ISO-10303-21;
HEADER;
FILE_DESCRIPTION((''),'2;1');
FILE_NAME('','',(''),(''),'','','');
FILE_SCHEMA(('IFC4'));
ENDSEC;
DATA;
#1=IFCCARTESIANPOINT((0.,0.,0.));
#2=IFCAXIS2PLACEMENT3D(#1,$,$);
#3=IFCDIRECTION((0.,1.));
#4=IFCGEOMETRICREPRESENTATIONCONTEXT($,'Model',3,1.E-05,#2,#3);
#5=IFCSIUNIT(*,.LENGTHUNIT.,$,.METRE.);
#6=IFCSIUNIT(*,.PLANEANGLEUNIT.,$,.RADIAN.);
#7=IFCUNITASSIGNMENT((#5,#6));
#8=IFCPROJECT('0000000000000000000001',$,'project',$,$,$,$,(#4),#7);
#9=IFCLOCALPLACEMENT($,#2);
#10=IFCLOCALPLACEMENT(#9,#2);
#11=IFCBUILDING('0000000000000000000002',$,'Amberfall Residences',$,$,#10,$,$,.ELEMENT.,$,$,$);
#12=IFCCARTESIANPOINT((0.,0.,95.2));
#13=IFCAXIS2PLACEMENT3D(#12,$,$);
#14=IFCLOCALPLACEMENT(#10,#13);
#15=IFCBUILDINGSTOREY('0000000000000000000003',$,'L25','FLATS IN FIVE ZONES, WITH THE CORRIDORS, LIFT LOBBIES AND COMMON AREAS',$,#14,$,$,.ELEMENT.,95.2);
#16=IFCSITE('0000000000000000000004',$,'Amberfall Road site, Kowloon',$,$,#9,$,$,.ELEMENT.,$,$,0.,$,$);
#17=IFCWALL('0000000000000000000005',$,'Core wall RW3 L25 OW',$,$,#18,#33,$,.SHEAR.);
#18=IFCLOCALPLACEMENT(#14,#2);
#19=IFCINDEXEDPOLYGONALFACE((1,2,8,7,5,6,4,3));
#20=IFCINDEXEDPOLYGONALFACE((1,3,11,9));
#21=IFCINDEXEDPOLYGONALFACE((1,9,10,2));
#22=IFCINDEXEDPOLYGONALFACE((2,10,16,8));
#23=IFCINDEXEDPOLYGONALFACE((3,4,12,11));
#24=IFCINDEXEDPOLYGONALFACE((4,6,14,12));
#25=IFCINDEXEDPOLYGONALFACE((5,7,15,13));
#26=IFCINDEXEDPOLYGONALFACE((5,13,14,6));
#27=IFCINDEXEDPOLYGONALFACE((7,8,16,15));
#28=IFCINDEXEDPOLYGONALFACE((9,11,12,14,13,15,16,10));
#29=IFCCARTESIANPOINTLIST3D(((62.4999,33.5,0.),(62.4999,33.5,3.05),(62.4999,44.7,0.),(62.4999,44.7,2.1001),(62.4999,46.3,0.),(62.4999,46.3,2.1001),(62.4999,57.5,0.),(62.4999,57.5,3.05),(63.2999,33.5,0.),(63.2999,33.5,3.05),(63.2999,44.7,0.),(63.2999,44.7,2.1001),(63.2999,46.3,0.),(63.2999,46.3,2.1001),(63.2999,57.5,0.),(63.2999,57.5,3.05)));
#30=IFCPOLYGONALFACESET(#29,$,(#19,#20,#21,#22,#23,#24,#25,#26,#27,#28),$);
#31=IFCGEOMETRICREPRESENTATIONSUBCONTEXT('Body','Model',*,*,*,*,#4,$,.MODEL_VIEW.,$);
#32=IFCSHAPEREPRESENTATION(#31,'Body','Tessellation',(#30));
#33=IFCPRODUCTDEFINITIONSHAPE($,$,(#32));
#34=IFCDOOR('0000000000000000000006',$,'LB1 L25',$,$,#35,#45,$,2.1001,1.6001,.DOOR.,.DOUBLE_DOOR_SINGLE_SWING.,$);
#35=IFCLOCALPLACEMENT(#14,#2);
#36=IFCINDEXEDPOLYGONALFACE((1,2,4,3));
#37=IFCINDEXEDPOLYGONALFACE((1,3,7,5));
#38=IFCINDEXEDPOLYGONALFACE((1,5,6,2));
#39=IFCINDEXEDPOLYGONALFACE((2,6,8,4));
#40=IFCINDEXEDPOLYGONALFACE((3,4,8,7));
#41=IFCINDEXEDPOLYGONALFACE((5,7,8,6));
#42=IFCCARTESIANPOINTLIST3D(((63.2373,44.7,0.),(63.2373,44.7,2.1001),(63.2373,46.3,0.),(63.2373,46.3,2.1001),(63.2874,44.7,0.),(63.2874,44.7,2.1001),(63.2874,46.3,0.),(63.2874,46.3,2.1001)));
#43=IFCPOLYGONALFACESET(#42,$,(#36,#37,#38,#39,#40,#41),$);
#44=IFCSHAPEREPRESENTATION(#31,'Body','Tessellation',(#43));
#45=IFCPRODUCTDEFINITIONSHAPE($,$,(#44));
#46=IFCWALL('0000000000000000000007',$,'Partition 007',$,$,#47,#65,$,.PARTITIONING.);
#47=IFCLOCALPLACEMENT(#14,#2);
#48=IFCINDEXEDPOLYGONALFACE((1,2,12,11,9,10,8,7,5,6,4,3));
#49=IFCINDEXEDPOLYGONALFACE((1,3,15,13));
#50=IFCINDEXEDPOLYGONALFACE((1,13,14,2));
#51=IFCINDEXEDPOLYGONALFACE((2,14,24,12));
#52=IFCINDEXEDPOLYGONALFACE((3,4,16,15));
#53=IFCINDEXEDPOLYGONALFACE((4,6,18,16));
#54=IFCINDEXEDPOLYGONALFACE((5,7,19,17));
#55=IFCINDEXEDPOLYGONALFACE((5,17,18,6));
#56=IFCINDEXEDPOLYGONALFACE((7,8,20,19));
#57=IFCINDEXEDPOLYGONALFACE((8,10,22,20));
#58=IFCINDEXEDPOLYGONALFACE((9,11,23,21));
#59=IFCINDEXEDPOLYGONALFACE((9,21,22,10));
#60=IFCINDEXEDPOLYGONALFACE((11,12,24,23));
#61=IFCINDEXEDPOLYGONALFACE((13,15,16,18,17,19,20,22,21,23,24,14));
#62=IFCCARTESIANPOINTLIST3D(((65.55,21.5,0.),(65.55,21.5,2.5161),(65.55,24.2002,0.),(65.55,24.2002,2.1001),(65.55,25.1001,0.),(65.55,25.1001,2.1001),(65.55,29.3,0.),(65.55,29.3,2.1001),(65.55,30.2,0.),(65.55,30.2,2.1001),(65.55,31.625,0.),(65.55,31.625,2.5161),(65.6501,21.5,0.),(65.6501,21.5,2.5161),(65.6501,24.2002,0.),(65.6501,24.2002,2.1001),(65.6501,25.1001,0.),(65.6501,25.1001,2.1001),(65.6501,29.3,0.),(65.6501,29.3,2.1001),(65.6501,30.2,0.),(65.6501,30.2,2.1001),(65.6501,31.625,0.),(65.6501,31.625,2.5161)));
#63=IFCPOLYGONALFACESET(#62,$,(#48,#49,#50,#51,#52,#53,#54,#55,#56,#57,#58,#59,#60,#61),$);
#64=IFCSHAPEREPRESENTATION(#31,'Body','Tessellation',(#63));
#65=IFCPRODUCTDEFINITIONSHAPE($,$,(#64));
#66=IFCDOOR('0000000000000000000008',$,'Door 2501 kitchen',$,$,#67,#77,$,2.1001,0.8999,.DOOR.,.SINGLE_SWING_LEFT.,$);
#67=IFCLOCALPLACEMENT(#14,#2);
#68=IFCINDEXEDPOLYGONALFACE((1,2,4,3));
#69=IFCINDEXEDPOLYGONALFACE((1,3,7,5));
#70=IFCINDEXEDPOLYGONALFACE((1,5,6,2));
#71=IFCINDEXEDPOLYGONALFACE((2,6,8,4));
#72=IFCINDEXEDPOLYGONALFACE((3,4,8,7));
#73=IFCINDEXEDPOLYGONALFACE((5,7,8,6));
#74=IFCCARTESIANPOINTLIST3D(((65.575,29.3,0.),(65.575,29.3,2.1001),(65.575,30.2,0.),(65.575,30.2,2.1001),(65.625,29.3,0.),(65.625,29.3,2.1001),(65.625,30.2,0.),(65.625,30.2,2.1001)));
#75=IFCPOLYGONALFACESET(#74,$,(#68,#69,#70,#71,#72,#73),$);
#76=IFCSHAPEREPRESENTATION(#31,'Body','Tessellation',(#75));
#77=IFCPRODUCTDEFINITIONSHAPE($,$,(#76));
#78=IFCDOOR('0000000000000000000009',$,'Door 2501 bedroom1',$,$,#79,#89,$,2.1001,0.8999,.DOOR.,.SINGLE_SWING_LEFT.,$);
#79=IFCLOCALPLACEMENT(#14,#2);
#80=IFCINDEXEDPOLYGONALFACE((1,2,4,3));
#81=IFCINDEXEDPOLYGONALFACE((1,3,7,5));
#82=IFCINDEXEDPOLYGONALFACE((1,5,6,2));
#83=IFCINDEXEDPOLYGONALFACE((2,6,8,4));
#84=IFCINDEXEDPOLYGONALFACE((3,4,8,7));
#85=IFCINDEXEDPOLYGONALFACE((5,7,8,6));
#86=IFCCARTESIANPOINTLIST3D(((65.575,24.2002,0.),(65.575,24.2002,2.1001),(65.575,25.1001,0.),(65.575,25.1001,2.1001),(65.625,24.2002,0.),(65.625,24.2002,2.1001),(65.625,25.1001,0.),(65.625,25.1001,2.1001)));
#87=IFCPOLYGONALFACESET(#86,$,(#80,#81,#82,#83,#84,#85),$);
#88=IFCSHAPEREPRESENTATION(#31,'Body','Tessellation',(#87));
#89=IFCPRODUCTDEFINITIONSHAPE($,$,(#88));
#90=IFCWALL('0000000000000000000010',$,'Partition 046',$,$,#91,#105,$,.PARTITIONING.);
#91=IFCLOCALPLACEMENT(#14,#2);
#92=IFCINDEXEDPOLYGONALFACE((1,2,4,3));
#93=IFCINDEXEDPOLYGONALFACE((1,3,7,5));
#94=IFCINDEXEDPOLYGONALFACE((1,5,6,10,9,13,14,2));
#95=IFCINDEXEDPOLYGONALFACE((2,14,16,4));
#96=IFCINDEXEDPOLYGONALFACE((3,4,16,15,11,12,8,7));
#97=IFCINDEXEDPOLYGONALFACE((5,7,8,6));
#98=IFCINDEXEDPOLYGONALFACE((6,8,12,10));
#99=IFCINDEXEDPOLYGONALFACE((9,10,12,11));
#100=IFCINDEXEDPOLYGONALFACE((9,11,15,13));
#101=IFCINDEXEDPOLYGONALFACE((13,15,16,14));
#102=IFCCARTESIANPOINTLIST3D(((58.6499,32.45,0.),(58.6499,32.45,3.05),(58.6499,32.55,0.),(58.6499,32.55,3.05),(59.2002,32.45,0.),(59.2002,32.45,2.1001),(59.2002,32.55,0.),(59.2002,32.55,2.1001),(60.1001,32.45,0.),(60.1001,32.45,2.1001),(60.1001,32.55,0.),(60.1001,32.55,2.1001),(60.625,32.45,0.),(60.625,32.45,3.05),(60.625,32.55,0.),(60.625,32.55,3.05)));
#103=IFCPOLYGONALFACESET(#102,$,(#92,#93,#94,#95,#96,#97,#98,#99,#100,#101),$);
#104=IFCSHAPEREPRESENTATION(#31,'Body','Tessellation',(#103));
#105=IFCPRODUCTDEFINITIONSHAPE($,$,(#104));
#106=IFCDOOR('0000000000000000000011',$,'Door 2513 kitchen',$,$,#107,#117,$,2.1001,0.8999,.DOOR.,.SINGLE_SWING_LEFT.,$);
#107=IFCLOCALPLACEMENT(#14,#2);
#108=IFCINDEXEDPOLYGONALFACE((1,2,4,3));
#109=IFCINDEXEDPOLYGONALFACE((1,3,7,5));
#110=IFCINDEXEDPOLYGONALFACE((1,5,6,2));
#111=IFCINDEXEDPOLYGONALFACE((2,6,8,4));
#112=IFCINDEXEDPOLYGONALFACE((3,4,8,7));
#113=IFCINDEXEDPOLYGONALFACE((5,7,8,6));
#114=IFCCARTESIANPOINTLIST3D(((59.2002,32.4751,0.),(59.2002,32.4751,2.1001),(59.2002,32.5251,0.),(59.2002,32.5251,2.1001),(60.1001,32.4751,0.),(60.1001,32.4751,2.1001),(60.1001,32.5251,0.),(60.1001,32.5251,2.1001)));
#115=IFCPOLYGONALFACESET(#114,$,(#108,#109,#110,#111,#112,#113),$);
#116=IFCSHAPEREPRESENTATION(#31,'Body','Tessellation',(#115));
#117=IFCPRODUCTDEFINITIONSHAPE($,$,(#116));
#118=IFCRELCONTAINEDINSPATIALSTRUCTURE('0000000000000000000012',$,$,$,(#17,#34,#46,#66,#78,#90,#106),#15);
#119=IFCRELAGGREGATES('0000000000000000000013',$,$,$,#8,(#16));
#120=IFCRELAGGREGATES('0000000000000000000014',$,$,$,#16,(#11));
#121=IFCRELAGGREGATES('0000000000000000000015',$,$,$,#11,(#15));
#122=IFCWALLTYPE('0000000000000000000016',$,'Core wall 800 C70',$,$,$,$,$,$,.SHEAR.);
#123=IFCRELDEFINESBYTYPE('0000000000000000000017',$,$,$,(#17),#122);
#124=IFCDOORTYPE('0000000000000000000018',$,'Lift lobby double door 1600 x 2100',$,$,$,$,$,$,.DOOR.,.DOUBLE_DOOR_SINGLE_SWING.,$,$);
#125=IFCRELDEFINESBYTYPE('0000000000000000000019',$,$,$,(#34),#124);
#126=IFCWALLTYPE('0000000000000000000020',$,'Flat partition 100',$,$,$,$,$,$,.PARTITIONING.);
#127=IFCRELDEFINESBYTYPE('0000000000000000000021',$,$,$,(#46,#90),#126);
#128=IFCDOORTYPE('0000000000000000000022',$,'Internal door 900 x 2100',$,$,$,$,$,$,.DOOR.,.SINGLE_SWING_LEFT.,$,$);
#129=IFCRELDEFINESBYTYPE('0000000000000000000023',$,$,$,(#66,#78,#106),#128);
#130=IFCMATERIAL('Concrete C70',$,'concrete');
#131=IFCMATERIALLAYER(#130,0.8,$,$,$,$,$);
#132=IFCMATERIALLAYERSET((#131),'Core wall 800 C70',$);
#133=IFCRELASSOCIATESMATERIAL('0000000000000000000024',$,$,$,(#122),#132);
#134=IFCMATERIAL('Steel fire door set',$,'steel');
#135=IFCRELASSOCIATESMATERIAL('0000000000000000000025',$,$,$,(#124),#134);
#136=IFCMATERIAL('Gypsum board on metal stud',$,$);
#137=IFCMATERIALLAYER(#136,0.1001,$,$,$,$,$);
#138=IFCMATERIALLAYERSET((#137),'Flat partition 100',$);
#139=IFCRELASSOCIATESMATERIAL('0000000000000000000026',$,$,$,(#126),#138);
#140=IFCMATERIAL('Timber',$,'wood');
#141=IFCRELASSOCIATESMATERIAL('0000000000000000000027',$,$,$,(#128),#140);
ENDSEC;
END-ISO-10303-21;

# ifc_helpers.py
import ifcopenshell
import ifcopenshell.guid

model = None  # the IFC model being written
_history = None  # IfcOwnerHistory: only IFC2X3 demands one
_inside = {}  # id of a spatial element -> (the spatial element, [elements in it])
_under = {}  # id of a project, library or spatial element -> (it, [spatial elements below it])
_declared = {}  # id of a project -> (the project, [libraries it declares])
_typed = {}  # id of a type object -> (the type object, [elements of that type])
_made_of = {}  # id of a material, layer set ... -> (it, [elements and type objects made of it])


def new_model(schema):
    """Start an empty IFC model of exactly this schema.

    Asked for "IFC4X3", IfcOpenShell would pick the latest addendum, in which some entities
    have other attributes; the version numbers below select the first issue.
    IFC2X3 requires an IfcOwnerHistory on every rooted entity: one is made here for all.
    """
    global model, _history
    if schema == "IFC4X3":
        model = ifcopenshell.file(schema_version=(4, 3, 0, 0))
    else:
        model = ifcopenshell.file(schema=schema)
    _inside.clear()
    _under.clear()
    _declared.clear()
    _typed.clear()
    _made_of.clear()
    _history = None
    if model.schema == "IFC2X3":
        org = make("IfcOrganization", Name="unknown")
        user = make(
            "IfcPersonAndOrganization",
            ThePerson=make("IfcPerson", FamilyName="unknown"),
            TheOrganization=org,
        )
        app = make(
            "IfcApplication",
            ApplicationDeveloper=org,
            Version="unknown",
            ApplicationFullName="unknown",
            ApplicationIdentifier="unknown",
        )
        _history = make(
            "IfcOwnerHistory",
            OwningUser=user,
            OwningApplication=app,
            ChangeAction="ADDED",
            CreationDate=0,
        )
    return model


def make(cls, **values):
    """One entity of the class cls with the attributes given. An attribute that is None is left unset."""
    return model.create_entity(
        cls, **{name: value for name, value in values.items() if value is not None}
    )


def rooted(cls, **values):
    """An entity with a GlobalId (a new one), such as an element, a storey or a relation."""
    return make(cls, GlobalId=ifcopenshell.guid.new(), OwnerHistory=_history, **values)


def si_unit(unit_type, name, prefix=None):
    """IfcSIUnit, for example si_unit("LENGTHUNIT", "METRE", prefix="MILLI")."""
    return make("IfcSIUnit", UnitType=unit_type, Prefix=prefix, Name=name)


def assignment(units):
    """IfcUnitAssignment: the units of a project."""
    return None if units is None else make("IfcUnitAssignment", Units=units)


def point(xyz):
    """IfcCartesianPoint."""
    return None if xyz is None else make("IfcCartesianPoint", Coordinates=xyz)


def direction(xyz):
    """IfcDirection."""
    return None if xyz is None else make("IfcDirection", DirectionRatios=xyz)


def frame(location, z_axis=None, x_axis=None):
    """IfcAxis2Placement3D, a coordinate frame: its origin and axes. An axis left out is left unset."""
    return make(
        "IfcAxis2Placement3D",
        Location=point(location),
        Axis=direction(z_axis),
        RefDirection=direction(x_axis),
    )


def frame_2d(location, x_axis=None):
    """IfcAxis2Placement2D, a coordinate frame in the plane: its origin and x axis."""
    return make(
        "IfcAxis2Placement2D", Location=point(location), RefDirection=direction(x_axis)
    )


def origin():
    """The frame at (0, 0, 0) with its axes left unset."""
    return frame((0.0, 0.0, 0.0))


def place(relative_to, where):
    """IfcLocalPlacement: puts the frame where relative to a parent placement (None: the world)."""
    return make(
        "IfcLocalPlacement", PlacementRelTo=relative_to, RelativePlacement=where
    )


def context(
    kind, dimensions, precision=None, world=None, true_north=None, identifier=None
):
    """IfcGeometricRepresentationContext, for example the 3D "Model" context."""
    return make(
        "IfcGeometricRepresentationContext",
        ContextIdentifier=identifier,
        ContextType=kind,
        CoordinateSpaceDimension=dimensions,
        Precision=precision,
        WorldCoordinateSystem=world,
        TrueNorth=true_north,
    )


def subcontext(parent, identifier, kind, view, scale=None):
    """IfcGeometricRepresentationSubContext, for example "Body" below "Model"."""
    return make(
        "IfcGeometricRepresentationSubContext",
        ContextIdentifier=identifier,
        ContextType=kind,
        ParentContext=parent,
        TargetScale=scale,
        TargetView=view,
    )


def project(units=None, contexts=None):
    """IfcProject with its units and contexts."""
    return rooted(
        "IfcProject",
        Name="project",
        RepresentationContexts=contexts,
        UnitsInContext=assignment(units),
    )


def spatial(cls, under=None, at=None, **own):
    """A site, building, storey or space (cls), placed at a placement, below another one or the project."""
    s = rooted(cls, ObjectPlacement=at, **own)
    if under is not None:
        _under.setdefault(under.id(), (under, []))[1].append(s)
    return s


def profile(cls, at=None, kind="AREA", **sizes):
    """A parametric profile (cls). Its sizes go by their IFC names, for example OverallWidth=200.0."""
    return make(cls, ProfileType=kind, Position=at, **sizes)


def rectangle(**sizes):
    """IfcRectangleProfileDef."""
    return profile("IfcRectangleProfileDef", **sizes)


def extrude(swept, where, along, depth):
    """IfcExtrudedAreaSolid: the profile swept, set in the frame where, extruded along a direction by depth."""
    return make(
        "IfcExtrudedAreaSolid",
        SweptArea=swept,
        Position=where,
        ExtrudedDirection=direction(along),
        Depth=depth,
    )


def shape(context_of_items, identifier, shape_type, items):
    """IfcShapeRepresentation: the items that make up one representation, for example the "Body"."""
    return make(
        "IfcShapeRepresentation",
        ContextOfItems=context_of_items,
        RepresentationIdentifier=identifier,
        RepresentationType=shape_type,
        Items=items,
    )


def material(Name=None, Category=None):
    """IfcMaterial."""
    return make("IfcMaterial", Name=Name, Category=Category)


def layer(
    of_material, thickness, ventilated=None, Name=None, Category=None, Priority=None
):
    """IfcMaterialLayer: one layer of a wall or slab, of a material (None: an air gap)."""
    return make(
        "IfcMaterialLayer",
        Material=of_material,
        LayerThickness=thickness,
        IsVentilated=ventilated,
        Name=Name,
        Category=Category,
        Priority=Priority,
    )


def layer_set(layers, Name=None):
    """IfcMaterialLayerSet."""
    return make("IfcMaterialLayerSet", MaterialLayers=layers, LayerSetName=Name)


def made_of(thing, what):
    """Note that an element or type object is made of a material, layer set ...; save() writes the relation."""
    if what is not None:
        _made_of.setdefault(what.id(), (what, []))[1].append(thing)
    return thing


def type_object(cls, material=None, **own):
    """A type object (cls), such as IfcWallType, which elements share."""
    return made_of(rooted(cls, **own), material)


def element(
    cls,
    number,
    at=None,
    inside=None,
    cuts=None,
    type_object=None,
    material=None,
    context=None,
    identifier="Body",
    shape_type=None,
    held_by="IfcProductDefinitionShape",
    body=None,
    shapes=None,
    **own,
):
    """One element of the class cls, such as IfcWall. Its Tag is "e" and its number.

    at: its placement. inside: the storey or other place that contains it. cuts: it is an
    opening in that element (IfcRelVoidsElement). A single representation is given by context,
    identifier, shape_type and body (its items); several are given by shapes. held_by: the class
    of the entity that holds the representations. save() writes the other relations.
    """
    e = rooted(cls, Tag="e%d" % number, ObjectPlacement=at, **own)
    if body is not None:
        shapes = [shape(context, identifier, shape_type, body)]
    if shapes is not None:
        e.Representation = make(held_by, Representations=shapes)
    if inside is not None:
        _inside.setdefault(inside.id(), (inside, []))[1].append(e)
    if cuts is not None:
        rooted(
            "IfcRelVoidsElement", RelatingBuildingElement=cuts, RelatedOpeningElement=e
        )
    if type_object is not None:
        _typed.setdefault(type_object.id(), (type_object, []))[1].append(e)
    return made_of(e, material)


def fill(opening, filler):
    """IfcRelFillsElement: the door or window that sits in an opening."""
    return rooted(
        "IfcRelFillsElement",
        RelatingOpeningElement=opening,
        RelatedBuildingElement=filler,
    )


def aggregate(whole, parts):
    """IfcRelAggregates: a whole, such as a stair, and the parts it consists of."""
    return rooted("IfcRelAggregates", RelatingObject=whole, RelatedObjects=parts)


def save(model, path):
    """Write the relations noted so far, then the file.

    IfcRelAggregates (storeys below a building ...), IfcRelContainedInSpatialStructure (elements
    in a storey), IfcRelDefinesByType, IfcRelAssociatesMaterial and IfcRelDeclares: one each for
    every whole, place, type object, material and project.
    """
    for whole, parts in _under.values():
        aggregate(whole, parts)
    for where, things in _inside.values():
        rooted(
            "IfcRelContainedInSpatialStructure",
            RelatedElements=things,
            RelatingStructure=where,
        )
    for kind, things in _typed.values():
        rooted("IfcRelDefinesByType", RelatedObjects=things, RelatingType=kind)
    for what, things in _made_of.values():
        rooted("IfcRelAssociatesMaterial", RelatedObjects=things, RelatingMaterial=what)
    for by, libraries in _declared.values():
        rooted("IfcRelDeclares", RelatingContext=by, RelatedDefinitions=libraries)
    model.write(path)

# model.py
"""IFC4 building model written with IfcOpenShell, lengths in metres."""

from ifc_helpers import new_model, si_unit, direction, frame, frame_2d, origin, place, context, subcontext, project, spatial, rectangle, extrude, material, layer, layer_set, type_object, element, fill, save


model = new_model("IFC4")

# Units and contexts
model_context = context("Model", 3, precision=1e-05, world=origin(), true_north=direction((0.0, 1.0)))
body_context = subcontext(model_context, "Body", "Model", "MODEL_VIEW")
ifc_project = project(units=[si_unit("LENGTHUNIT", "METRE"), si_unit("PLANEANGLEUNIT", "RADIAN")], contexts=[model_context])

# Site, building, storey
site_placement = place(None, origin())
site = spatial("IfcSite", under=ifc_project, at=site_placement, Name="Amberfall Road site, Kowloon", CompositionType="ELEMENT", RefElevation=0.0)
building_placement = place(site_placement, origin())
building = spatial("IfcBuilding", under=site, at=building_placement, Name="Amberfall Residences", CompositionType="ELEMENT")
storey_placement = place(building_placement, frame((0.0, 0.0, 95.2)))
storey = spatial("IfcBuildingStorey", under=building, at=storey_placement, Name="L25", Description="FLATS IN FIVE ZONES, WITH THE CORRIDORS, LIFT LOBBIES AND COMMON AREAS", CompositionType="ELEMENT", Elevation=95.2)

# Shared definitions
ifc_material_1 = material(Name="Concrete C70", Category="concrete")
ifc_material_2 = material(Name="Steel fire door set", Category="steel")

# Shared definitions
ifc_layer_1 = layer(ifc_material_1, 0.8)
ifc_layer_set_1 = layer_set([ifc_layer_1], Name="Core wall 800 C70")
wall_type_1 = type_object("IfcWallType", Name="Core wall 800 C70", PredefinedType="SHEAR", material=ifc_layer_set_1)

# Wall, opening, door
wall_1_placement = place(storey_placement, frame((62.8999, 33.5, 0.0), z_axis=(0.0, 0.0, 1.0), x_axis=(0.0, 1.0, 0.0)))
wall_1 = element("IfcWall", 1, at=wall_1_placement, inside=storey, type_object=wall_type_1, Name="Core wall RW3 L25 OW", PredefinedType="SHEAR", context=body_context, shape_type="SweptSolid", body=[
    extrude(rectangle(XDim=24.0, YDim=0.8, at=frame_2d((12.0, 0.0))), origin(), (0.0, 0.0, 1.0), 3.05),
])
opening_1_placement = place(wall_1_placement, frame((11.2, 0.0, 0.0)))
opening_1 = element("IfcOpeningElement", 2, at=opening_1_placement, cuts=wall_1, PredefinedType="OPENING", context=body_context, shape_type="SweptSolid", body=[
    extrude(rectangle(XDim=1.6001, YDim=2.1001, at=frame_2d((0.8, 1.05))), frame((0.0, 0.4099, 0.0), z_axis=(0.0, -1.0, 0.0), x_axis=(1.0, 0.0, 0.0)), (0.0, 0.0, 1.0), 0.8201),
])
door_type_1 = type_object("IfcDoorType", Name="Lift lobby double door 1600 x 2100", OperationType="DOUBLE_DOOR_SINGLE_SWING", PredefinedType="DOOR", material=ifc_material_2)
door_1_placement = place(opening_1_placement, origin())
door_1 = element("IfcDoor", 3, at=door_1_placement, inside=storey, type_object=door_type_1, Name="LB1 L25", OperationType="DOUBLE_DOOR_SINGLE_SWING", OverallHeight=2.1001, OverallWidth=1.6001, PredefinedType="DOOR", context=body_context, shape_type="SweptSolid", body=[
    extrude(rectangle(XDim=1.6001, YDim=2.1001, at=frame_2d((0.8, 1.05))), frame((0.0, -0.3374, 0.0), z_axis=(0.0, -1.0, 0.0), x_axis=(1.0, 0.0, 0.0)), (0.0, 0.0, 1.0), 0.05),
])
fill(opening_1, door_1)

# Wall, openings, doors
ifc_material_3 = material(Name="Gypsum board on metal stud")
ifc_layer_2 = layer(ifc_material_3, 0.1001)
ifc_layer_set_2 = layer_set([ifc_layer_2], Name="Flat partition 100")
wall_type_2 = type_object("IfcWallType", Name="Flat partition 100", PredefinedType="PARTITIONING", material=ifc_layer_set_2)
wall_2_placement = place(storey_placement, frame((65.6001, 31.625, 0.0), z_axis=(0.0, 0.0, 1.0), x_axis=(0.0, -1.0, 0.0)))
wall_2 = element("IfcWall", 4, at=wall_2_placement, inside=storey, type_object=wall_type_2, Name="Partition 007", PredefinedType="PARTITIONING", context=body_context, shape_type="SweptSolid", body=[
    extrude(rectangle(XDim=10.125, YDim=0.1001, at=frame_2d((5.0625, 0.0))), origin(), (0.0, 0.0, 1.0), 2.5161),
])
opening_2_placement = place(wall_2_placement, frame((1.425, 0.0, 0.0)))
opening_2 = element("IfcOpeningElement", 5, at=opening_2_placement, cuts=wall_2, PredefinedType="OPENING", context=body_context, shape_type="SweptSolid", body=[
    extrude(rectangle(XDim=0.8999, YDim=2.1001, at=frame_2d((0.45, 1.05))), frame((0.0, 0.0601, 0.0), z_axis=(0.0, -1.0, 0.0), x_axis=(1.0, 0.0, 0.0)), (0.0, 0.0, 1.0), 0.1201),
])
opening_3_placement = place(wall_2_placement, frame((6.5249, 0.0, 0.0)))
opening_3 = element("IfcOpeningElement", 6, at=opening_3_placement, cuts=wall_2, PredefinedType="OPENING", context=body_context, shape_type="SweptSolid", body=[
    extrude(rectangle(XDim=0.8999, YDim=2.1001, at=frame_2d((0.45, 1.05))), frame((0.0, 0.0601, 0.0), z_axis=(0.0, -1.0, 0.0), x_axis=(1.0, 0.0, 0.0)), (0.0, 0.0, 1.0), 0.1201),
])
ifc_material_4 = material(Name="Timber", Category="wood")
door_type_2 = type_object("IfcDoorType", Name="Internal door 900 x 2100", OperationType="SINGLE_SWING_LEFT", PredefinedType="DOOR", material=ifc_material_4)
door_2_placement = place(opening_2_placement, origin())
door_2 = element("IfcDoor", 7, at=door_2_placement, inside=storey, type_object=door_type_2, Name="Door 2501 kitchen", OperationType="SINGLE_SWING_LEFT", OverallHeight=2.1001, OverallWidth=0.8999, PredefinedType="DOOR", context=body_context, shape_type="SweptSolid", body=[
    extrude(rectangle(XDim=0.8999, YDim=2.1001, at=frame_2d((0.45, 1.05))), frame((0.0, 0.0249, 0.0), z_axis=(0.0, -1.0, 0.0), x_axis=(1.0, 0.0, 0.0)), (0.0, 0.0, 1.0), 0.05),
])
fill(opening_2, door_2)
door_3_placement = place(opening_3_placement, origin())
door_3 = element("IfcDoor", 8, at=door_3_placement, inside=storey, type_object=door_type_2, Name="Door 2501 bedroom1", OperationType="SINGLE_SWING_LEFT", OverallHeight=2.1001, OverallWidth=0.8999, PredefinedType="DOOR", context=body_context, shape_type="SweptSolid", body=[
    extrude(rectangle(XDim=0.8999, YDim=2.1001, at=frame_2d((0.45, 1.05))), frame((0.0, 0.0249, 0.0), z_axis=(0.0, -1.0, 0.0), x_axis=(1.0, 0.0, 0.0)), (0.0, 0.0, 1.0), 0.05),
])
fill(opening_3, door_3)

# Wall, opening, door
wall_3_placement = place(storey_placement, frame((60.625, 32.5, 0.0), z_axis=(0.0, 0.0, 1.0), x_axis=(-1.0, 0.0, 0.0)))
wall_3 = element("IfcWall", 9, at=wall_3_placement, inside=storey, type_object=wall_type_2, Name="Partition 046", PredefinedType="PARTITIONING", context=body_context, shape_type="SweptSolid", body=[
    extrude(rectangle(XDim=1.9751, YDim=0.1001, at=frame_2d((0.9875, 0.0))), origin(), (0.0, 0.0, 1.0), 3.05),
])
opening_4_placement = place(wall_3_placement, frame((0.5249, 0.0, 0.0)))
opening_4 = element("IfcOpeningElement", 10, at=opening_4_placement, cuts=wall_3, PredefinedType="OPENING", context=body_context, shape_type="SweptSolid", body=[
    extrude(rectangle(XDim=0.8999, YDim=2.1001, at=frame_2d((0.45, 1.05))), frame((0.0, 0.0601, 0.0), z_axis=(0.0, -1.0, 0.0), x_axis=(1.0, 0.0, 0.0)), (0.0, 0.0, 1.0), 0.1201),
])
door_4_placement = place(opening_4_placement, origin())
door_4 = element("IfcDoor", 11, at=door_4_placement, inside=storey, type_object=door_type_2, Name="Door 2513 kitchen", OperationType="SINGLE_SWING_LEFT", OverallHeight=2.1001, OverallWidth=0.8999, PredefinedType="DOOR", context=body_context, shape_type="SweptSolid", body=[
    extrude(rectangle(XDim=0.8999, YDim=2.1001, at=frame_2d((0.45, 1.05))), frame((0.0, 0.0249, 0.0), z_axis=(0.0, -1.0, 0.0), x_axis=(1.0, 0.0, 0.0)), (0.0, 0.0, 1.0), 0.05),
])
fill(opening_4, door_4)

save(model, "model.ifc")
